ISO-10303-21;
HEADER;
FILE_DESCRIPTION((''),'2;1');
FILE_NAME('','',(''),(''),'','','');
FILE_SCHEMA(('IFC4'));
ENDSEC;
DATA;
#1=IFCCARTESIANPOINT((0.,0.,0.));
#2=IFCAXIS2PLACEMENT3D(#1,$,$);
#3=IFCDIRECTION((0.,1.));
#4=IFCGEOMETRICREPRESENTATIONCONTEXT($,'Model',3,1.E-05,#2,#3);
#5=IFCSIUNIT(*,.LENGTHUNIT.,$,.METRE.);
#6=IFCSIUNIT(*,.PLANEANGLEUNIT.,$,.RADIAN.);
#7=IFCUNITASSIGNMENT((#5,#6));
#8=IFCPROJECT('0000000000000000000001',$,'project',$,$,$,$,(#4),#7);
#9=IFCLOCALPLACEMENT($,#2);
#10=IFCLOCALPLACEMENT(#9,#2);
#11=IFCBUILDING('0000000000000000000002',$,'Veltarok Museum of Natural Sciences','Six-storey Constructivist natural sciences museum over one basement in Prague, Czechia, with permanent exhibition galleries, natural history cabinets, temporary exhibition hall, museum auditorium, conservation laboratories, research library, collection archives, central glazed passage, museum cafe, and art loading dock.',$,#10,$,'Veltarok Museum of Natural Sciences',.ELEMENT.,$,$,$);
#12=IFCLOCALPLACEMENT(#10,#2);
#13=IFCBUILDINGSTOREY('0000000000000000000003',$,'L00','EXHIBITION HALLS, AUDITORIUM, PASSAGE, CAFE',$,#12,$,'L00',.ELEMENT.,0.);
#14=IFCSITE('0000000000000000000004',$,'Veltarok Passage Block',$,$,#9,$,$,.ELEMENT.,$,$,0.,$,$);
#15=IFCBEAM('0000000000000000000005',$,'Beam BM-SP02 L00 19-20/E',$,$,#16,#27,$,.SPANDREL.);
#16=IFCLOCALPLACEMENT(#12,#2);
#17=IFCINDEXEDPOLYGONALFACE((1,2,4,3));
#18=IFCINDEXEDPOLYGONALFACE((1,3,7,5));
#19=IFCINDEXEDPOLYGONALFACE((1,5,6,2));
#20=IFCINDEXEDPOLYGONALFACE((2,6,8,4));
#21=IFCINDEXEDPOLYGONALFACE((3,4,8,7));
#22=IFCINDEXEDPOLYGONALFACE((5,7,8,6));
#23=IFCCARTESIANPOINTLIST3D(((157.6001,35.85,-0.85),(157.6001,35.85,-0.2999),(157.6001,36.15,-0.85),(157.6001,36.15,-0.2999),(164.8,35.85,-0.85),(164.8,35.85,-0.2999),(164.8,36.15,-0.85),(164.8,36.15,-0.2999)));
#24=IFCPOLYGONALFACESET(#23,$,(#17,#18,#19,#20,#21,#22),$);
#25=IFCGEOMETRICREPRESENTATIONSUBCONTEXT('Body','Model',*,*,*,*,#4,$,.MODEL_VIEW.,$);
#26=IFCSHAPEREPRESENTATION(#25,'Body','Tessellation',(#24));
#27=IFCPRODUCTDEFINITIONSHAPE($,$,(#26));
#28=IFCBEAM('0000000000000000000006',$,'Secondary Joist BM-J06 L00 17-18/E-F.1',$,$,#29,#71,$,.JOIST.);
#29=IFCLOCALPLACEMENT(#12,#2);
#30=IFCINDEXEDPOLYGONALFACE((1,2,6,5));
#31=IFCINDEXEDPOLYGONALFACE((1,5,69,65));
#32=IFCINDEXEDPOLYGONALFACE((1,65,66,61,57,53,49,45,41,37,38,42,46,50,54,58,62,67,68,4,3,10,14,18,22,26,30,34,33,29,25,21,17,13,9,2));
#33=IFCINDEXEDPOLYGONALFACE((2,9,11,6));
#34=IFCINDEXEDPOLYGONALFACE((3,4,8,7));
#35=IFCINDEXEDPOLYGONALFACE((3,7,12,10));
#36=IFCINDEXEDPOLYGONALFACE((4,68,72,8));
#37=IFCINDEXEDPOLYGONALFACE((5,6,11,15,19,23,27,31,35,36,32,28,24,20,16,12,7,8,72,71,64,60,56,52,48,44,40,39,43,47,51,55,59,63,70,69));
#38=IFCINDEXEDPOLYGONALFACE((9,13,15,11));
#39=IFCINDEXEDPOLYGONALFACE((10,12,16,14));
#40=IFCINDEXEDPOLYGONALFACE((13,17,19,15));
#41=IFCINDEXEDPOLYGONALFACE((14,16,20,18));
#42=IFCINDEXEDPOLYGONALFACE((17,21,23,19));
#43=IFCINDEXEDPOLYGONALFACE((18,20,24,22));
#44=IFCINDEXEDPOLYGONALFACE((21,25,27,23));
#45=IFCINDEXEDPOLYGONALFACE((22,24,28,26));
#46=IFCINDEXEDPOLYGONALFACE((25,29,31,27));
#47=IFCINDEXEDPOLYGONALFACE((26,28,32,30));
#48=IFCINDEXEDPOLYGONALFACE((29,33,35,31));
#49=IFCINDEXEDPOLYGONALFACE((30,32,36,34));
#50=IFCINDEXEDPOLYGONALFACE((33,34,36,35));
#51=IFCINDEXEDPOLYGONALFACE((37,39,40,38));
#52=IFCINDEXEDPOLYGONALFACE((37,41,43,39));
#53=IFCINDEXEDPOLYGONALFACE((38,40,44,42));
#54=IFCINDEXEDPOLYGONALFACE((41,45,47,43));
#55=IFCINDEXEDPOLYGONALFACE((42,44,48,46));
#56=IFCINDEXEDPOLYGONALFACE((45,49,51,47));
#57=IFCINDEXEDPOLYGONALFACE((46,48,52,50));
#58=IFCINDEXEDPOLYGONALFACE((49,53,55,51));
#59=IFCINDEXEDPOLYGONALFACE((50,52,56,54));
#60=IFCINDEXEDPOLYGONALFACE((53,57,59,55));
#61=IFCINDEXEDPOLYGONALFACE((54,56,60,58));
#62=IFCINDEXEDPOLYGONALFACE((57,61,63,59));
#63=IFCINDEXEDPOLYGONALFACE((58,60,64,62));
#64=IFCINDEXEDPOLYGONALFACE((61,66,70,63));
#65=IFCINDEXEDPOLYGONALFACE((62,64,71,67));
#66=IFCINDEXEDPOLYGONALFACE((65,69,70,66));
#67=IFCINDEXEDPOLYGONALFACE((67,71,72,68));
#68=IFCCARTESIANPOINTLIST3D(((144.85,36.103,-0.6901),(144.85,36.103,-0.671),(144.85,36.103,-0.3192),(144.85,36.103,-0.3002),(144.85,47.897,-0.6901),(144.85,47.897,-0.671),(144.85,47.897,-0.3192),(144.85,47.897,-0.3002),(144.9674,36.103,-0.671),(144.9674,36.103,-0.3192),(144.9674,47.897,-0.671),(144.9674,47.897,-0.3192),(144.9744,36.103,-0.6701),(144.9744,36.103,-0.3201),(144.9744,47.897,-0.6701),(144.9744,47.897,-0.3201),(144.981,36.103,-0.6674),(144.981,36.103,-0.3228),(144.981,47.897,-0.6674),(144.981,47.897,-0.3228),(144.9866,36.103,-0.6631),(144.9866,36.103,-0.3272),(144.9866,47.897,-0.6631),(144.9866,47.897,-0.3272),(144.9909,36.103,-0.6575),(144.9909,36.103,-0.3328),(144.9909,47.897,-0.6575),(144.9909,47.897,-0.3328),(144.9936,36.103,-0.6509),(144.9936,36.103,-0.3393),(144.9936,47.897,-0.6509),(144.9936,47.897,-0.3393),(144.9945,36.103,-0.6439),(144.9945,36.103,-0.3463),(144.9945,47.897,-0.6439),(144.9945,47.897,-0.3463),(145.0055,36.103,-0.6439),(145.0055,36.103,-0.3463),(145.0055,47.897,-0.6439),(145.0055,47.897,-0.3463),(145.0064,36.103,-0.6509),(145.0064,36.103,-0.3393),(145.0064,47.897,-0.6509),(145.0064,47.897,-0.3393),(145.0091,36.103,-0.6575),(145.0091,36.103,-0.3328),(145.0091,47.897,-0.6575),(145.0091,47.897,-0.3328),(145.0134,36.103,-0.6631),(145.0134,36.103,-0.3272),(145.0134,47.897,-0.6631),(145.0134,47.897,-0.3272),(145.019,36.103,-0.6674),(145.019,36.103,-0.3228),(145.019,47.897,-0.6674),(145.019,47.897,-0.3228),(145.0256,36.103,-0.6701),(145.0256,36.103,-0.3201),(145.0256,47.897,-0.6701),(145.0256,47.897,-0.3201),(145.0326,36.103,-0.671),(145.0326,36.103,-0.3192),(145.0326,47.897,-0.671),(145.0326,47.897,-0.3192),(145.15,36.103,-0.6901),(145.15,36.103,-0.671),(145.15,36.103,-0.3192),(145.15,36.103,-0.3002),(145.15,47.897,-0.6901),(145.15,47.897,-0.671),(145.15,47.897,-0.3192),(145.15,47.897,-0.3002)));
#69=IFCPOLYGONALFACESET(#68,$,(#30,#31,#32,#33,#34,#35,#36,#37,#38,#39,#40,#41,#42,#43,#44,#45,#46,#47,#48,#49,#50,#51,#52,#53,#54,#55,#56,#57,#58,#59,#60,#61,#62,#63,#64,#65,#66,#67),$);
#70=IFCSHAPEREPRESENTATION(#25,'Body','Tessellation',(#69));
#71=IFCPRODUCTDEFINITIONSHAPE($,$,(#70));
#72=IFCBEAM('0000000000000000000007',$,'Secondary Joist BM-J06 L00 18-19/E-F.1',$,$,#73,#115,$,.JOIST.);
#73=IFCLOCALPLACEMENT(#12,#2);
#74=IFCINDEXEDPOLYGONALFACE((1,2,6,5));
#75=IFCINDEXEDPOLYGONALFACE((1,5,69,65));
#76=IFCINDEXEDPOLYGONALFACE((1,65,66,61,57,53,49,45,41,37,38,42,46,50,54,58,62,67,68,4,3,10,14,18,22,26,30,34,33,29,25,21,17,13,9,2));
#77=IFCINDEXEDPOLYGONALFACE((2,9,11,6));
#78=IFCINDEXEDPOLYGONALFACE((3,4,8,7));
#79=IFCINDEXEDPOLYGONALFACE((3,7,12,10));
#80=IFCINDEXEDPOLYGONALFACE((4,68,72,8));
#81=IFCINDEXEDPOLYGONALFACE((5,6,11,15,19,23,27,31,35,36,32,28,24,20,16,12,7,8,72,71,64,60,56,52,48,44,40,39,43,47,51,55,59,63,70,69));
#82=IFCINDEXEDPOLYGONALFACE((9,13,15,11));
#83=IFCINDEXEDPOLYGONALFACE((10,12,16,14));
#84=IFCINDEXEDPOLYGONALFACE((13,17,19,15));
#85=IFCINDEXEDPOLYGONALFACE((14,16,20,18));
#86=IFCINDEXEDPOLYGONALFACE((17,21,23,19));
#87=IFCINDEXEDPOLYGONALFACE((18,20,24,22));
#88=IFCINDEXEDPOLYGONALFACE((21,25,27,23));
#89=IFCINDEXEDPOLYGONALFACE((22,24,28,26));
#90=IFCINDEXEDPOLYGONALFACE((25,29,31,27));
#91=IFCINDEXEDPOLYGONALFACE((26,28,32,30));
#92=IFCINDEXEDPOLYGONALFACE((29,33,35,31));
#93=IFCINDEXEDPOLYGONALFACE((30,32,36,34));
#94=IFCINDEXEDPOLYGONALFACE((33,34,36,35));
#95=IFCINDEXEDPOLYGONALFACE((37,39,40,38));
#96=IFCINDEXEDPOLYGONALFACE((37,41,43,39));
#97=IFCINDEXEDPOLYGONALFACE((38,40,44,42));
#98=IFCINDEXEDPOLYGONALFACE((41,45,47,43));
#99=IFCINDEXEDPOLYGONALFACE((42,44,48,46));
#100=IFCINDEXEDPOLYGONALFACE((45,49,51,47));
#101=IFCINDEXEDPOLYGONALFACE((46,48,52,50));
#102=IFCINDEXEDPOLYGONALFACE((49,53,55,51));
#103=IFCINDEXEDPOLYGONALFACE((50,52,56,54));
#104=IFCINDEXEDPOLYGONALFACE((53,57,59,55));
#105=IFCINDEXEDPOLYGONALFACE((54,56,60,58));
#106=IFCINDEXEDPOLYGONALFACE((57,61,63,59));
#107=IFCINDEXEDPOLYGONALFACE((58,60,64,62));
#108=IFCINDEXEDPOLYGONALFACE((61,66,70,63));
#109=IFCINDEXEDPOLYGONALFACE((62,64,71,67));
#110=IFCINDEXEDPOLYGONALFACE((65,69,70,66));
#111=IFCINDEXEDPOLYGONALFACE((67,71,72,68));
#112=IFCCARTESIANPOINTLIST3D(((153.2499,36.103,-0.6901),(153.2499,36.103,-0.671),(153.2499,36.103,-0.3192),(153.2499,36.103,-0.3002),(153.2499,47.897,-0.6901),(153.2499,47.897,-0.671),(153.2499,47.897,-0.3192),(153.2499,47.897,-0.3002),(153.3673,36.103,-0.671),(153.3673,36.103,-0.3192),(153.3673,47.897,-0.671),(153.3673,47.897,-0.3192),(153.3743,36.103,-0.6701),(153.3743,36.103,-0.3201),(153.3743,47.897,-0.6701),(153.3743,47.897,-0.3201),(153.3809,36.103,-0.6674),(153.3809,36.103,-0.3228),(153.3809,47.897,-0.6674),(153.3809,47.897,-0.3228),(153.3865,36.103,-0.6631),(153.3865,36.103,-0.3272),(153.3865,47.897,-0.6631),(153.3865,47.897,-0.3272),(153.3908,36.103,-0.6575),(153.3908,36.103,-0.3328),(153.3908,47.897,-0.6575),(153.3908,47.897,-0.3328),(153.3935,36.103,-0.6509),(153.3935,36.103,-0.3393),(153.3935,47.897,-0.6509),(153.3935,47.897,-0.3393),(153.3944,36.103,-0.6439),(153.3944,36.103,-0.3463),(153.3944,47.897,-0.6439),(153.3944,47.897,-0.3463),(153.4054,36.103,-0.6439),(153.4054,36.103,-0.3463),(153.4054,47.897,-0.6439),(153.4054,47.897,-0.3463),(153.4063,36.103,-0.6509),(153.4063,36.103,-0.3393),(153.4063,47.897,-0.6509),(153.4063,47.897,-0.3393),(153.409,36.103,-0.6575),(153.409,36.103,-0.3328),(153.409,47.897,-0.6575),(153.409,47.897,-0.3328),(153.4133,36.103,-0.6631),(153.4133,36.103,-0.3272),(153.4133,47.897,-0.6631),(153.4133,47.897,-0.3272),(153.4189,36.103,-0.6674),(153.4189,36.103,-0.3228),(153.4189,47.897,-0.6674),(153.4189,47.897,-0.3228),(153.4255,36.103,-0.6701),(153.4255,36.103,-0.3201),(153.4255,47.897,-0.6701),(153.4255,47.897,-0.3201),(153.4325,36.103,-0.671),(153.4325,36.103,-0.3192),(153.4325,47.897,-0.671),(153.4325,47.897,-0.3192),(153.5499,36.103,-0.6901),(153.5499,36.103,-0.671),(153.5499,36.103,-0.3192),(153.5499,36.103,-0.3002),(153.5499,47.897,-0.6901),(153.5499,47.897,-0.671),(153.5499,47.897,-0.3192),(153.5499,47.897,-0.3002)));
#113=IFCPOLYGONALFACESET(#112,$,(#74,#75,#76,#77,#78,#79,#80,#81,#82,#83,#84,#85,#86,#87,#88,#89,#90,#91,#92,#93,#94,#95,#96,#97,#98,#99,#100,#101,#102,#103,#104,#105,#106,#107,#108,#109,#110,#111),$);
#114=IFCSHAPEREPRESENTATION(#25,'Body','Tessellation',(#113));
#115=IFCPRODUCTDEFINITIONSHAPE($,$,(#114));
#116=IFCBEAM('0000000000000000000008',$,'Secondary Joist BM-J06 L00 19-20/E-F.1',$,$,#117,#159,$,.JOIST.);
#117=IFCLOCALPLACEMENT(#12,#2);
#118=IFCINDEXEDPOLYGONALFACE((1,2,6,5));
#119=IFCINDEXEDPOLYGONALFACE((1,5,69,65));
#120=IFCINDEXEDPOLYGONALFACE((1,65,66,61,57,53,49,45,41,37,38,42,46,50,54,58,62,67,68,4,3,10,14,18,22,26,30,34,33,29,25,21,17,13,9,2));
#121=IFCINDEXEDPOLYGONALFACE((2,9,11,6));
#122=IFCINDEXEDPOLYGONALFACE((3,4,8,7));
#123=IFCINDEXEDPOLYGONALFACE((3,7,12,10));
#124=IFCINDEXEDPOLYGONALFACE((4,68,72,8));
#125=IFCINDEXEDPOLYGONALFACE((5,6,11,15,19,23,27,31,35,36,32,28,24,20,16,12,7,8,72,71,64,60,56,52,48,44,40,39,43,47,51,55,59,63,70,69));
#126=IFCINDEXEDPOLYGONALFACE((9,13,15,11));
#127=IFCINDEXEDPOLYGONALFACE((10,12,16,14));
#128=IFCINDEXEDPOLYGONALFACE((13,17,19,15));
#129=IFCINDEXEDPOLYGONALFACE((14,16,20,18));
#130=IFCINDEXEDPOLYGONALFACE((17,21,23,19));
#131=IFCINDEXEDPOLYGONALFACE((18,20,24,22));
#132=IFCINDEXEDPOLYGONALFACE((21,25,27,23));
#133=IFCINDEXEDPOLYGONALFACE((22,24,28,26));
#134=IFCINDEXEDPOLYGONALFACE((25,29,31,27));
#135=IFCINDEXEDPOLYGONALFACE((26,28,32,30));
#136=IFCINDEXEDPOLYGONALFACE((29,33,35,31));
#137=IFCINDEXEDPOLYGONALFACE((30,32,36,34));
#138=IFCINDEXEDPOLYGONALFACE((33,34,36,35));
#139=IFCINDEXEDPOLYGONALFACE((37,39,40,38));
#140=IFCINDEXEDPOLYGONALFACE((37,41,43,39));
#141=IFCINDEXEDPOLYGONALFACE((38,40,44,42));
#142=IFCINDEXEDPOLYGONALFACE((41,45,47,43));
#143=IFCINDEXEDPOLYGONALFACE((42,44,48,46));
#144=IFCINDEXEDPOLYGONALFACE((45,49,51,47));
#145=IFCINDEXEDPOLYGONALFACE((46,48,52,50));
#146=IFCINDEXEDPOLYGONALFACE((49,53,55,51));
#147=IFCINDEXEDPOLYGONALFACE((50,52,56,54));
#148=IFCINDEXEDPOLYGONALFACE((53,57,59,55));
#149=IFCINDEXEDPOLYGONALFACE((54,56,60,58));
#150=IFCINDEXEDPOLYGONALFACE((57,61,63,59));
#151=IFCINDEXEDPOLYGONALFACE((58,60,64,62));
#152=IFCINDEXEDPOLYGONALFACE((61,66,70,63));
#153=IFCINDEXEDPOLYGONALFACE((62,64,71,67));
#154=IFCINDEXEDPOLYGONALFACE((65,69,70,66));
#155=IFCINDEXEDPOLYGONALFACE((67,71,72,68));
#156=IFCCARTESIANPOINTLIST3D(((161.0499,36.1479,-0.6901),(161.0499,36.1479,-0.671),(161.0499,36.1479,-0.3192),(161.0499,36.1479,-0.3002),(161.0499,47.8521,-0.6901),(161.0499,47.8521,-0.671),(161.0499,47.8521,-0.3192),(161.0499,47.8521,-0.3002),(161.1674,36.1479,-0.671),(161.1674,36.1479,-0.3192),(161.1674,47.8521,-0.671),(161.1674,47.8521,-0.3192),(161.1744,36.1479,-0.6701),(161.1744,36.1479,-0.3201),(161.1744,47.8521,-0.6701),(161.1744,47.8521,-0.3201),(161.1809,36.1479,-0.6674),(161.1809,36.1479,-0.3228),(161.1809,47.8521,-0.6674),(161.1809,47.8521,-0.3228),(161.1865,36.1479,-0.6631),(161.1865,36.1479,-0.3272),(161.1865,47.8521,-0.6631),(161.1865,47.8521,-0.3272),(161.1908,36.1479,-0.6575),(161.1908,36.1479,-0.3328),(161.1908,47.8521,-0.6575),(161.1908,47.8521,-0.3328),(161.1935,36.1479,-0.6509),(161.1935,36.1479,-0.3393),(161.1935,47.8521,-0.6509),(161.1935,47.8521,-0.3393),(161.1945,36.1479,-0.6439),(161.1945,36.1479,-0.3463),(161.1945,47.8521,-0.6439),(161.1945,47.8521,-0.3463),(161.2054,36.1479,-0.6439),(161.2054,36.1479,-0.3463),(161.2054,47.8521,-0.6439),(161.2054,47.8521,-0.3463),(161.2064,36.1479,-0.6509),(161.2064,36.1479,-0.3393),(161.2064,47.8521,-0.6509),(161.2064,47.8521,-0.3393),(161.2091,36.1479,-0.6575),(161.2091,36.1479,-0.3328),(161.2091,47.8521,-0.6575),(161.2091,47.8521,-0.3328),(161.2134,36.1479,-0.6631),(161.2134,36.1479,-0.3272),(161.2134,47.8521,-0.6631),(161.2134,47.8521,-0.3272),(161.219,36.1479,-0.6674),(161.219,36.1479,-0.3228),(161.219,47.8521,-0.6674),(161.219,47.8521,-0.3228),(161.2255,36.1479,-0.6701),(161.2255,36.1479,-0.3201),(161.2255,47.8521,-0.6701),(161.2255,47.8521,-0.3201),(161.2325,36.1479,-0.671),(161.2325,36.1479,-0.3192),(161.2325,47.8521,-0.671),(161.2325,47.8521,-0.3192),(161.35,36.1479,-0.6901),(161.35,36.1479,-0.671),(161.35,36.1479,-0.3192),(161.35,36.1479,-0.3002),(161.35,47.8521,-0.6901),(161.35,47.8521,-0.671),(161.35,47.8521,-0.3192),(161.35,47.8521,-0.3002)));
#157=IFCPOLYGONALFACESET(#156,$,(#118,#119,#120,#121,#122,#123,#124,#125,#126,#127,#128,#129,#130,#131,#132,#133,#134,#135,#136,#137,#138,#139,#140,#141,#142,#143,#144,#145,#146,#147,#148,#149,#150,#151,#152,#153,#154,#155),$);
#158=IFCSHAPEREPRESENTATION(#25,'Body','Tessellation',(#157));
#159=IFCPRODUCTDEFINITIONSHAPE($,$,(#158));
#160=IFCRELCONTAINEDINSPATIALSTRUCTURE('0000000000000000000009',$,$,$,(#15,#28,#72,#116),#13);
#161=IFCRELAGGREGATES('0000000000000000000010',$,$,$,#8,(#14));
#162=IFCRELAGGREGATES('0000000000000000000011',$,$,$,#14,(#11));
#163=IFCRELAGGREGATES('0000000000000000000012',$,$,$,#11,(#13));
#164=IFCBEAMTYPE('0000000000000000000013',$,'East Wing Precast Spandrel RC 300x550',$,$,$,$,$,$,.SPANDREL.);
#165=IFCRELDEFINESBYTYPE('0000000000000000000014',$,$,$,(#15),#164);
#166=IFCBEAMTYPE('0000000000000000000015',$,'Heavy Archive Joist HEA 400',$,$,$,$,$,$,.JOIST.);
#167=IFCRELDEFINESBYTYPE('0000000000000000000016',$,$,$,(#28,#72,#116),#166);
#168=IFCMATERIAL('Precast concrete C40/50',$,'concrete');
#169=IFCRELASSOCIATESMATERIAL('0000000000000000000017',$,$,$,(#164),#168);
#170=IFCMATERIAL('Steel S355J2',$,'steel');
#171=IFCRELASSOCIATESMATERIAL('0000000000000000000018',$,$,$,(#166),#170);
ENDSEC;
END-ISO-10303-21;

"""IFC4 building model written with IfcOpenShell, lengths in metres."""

from ifc_helpers import new_model, si_unit, direction, frame, origin, origin_2d, place, context, subcontext, project, spatial, rectangle, i_section, extrude, material, material_profile, profile_set, type_object, element, save


model = new_model("IFC4")

# Units and contexts
model_context = context("Model", 3, precision=1e-05, world=origin(), true_north=direction((0.0, 1.0)))
body_context = subcontext(model_context, "Body", "Model", "MODEL_VIEW")
ifc_project = project(units=[si_unit("LENGTHUNIT", "METRE"), si_unit("PLANEANGLEUNIT", "RADIAN")], contexts=[model_context])

# Site, building, storey
site_placement = place(None, origin())
site = spatial("IfcSite", under=ifc_project, at=site_placement, Name="Veltarok Passage Block", CompositionType="ELEMENT", RefElevation=0.0)
building_placement = place(site_placement, origin())
building = spatial("IfcBuilding", under=site, at=building_placement, Name="Veltarok Museum of Natural Sciences", Description="Six-storey Constructivist natural sciences museum over one basement in Prague, Czechia, with permanent exhibition galleries, natural history cabinets, temporary exhibition hall, museum auditorium, conservation laboratories, research library, collection archives, central glazed passage, museum cafe, and art loading dock.", LongName="Veltarok Museum of Natural Sciences", CompositionType="ELEMENT")
storey_placement = place(building_placement, origin())
storey = spatial("IfcBuildingStorey", under=building, at=storey_placement, Name="L00", Description="EXHIBITION HALLS, AUDITORIUM, PASSAGE, CAFE", LongName="L00", CompositionType="ELEMENT", Elevation=0.0)

# Shared definitions
ifc_material_1 = material(Name="Steel S355J2", Category="steel")

# Beams
ifc_material_2 = material(Name="Precast concrete C40/50", Category="concrete")
ifc_material_profile_1 = material_profile(ifc_material_2, rectangle(XDim=0.3, YDim=0.55, at=origin_2d()), Name="RC 300x550")
ifc_profile_set_1 = profile_set([ifc_material_profile_1], Name="Precast concrete C40/50")
beam_type_1 = type_object("IfcBeamType", Name="East Wing Precast Spandrel RC 300x550", PredefinedType="SPANDREL", material=ifc_profile_set_1)
for number, where, z_axis, x_axis, name in (
    (1, (157.6001, 36.0, -0.575), (1.0, 0.0, 0.0), (0.0, 1.0, 0.0), "Beam BM-SP02 L00 19-20/E"),
):
    element("IfcBeam", number, at=place(storey_placement, frame(where, z_axis=z_axis, x_axis=x_axis)), inside=storey, type_object=beam_type_1, Name=name, PredefinedType="SPANDREL", context=body_context, shape_type="SweptSolid", body=[
        extrude(rectangle(XDim=0.3, YDim=0.55, at=origin_2d()), origin(), (0.0, 0.0, 1.0), 7.2),
    ])
ifc_material_profile_2 = material_profile(ifc_material_1, i_section(OverallWidth=0.3, OverallDepth=0.3899, WebThickness=0.011, FlangeThickness=0.019, FilletRadius=0.0271, at=origin_2d()), Name="HEA 400")
ifc_profile_set_2 = profile_set([ifc_material_profile_2], Name="Steel S355J2")
beam_type_2 = type_object("IfcBeamType", Name="Heavy Archive Joist HEA 400", PredefinedType="JOIST", material=ifc_profile_set_2)
for number, where, z_axis, x_axis, name in (
    (2, (145.0, 36.103, -0.4951), (0.0, 1.0, 0.0), (-1.0, 0.0, 0.0), "Secondary Joist BM-J06 L00 17-18/E-F.1"),
    (3, (153.3999, 36.103, -0.4951), (0.0, 1.0, 0.0), (-1.0, 0.0, 0.0), "Secondary Joist BM-J06 L00 18-19/E-F.1"),
):
    element("IfcBeam", number, at=place(storey_placement, frame(where, z_axis=z_axis, x_axis=x_axis)), inside=storey, type_object=beam_type_2, Name=name, PredefinedType="JOIST", context=body_context, shape_type="SweptSolid", body=[
        extrude(i_section(OverallWidth=0.3, OverallDepth=0.3899, WebThickness=0.011, FlangeThickness=0.019, FilletRadius=0.0271, at=origin_2d()), origin(), (0.0, 0.0, 1.0), 11.7939),
    ])
beam_1_placement = place(storey_placement, frame((161.2, 36.1479, -0.4951), z_axis=(0.0, 1.0, 0.0), x_axis=(-1.0, 0.0, 0.0)))
element("IfcBeam", 4, at=beam_1_placement, inside=storey, type_object=beam_type_2, Name="Secondary Joist BM-J06 L00 19-20/E-F.1", PredefinedType="JOIST", context=body_context, shape_type="SweptSolid", body=[
    extrude(i_section(OverallWidth=0.3, OverallDepth=0.3899, WebThickness=0.011, FlangeThickness=0.019, FilletRadius=0.0271, at=origin_2d()), origin(), (0.0, 0.0, 1.0), 11.7041),
])

save(model, "model.ifc")
